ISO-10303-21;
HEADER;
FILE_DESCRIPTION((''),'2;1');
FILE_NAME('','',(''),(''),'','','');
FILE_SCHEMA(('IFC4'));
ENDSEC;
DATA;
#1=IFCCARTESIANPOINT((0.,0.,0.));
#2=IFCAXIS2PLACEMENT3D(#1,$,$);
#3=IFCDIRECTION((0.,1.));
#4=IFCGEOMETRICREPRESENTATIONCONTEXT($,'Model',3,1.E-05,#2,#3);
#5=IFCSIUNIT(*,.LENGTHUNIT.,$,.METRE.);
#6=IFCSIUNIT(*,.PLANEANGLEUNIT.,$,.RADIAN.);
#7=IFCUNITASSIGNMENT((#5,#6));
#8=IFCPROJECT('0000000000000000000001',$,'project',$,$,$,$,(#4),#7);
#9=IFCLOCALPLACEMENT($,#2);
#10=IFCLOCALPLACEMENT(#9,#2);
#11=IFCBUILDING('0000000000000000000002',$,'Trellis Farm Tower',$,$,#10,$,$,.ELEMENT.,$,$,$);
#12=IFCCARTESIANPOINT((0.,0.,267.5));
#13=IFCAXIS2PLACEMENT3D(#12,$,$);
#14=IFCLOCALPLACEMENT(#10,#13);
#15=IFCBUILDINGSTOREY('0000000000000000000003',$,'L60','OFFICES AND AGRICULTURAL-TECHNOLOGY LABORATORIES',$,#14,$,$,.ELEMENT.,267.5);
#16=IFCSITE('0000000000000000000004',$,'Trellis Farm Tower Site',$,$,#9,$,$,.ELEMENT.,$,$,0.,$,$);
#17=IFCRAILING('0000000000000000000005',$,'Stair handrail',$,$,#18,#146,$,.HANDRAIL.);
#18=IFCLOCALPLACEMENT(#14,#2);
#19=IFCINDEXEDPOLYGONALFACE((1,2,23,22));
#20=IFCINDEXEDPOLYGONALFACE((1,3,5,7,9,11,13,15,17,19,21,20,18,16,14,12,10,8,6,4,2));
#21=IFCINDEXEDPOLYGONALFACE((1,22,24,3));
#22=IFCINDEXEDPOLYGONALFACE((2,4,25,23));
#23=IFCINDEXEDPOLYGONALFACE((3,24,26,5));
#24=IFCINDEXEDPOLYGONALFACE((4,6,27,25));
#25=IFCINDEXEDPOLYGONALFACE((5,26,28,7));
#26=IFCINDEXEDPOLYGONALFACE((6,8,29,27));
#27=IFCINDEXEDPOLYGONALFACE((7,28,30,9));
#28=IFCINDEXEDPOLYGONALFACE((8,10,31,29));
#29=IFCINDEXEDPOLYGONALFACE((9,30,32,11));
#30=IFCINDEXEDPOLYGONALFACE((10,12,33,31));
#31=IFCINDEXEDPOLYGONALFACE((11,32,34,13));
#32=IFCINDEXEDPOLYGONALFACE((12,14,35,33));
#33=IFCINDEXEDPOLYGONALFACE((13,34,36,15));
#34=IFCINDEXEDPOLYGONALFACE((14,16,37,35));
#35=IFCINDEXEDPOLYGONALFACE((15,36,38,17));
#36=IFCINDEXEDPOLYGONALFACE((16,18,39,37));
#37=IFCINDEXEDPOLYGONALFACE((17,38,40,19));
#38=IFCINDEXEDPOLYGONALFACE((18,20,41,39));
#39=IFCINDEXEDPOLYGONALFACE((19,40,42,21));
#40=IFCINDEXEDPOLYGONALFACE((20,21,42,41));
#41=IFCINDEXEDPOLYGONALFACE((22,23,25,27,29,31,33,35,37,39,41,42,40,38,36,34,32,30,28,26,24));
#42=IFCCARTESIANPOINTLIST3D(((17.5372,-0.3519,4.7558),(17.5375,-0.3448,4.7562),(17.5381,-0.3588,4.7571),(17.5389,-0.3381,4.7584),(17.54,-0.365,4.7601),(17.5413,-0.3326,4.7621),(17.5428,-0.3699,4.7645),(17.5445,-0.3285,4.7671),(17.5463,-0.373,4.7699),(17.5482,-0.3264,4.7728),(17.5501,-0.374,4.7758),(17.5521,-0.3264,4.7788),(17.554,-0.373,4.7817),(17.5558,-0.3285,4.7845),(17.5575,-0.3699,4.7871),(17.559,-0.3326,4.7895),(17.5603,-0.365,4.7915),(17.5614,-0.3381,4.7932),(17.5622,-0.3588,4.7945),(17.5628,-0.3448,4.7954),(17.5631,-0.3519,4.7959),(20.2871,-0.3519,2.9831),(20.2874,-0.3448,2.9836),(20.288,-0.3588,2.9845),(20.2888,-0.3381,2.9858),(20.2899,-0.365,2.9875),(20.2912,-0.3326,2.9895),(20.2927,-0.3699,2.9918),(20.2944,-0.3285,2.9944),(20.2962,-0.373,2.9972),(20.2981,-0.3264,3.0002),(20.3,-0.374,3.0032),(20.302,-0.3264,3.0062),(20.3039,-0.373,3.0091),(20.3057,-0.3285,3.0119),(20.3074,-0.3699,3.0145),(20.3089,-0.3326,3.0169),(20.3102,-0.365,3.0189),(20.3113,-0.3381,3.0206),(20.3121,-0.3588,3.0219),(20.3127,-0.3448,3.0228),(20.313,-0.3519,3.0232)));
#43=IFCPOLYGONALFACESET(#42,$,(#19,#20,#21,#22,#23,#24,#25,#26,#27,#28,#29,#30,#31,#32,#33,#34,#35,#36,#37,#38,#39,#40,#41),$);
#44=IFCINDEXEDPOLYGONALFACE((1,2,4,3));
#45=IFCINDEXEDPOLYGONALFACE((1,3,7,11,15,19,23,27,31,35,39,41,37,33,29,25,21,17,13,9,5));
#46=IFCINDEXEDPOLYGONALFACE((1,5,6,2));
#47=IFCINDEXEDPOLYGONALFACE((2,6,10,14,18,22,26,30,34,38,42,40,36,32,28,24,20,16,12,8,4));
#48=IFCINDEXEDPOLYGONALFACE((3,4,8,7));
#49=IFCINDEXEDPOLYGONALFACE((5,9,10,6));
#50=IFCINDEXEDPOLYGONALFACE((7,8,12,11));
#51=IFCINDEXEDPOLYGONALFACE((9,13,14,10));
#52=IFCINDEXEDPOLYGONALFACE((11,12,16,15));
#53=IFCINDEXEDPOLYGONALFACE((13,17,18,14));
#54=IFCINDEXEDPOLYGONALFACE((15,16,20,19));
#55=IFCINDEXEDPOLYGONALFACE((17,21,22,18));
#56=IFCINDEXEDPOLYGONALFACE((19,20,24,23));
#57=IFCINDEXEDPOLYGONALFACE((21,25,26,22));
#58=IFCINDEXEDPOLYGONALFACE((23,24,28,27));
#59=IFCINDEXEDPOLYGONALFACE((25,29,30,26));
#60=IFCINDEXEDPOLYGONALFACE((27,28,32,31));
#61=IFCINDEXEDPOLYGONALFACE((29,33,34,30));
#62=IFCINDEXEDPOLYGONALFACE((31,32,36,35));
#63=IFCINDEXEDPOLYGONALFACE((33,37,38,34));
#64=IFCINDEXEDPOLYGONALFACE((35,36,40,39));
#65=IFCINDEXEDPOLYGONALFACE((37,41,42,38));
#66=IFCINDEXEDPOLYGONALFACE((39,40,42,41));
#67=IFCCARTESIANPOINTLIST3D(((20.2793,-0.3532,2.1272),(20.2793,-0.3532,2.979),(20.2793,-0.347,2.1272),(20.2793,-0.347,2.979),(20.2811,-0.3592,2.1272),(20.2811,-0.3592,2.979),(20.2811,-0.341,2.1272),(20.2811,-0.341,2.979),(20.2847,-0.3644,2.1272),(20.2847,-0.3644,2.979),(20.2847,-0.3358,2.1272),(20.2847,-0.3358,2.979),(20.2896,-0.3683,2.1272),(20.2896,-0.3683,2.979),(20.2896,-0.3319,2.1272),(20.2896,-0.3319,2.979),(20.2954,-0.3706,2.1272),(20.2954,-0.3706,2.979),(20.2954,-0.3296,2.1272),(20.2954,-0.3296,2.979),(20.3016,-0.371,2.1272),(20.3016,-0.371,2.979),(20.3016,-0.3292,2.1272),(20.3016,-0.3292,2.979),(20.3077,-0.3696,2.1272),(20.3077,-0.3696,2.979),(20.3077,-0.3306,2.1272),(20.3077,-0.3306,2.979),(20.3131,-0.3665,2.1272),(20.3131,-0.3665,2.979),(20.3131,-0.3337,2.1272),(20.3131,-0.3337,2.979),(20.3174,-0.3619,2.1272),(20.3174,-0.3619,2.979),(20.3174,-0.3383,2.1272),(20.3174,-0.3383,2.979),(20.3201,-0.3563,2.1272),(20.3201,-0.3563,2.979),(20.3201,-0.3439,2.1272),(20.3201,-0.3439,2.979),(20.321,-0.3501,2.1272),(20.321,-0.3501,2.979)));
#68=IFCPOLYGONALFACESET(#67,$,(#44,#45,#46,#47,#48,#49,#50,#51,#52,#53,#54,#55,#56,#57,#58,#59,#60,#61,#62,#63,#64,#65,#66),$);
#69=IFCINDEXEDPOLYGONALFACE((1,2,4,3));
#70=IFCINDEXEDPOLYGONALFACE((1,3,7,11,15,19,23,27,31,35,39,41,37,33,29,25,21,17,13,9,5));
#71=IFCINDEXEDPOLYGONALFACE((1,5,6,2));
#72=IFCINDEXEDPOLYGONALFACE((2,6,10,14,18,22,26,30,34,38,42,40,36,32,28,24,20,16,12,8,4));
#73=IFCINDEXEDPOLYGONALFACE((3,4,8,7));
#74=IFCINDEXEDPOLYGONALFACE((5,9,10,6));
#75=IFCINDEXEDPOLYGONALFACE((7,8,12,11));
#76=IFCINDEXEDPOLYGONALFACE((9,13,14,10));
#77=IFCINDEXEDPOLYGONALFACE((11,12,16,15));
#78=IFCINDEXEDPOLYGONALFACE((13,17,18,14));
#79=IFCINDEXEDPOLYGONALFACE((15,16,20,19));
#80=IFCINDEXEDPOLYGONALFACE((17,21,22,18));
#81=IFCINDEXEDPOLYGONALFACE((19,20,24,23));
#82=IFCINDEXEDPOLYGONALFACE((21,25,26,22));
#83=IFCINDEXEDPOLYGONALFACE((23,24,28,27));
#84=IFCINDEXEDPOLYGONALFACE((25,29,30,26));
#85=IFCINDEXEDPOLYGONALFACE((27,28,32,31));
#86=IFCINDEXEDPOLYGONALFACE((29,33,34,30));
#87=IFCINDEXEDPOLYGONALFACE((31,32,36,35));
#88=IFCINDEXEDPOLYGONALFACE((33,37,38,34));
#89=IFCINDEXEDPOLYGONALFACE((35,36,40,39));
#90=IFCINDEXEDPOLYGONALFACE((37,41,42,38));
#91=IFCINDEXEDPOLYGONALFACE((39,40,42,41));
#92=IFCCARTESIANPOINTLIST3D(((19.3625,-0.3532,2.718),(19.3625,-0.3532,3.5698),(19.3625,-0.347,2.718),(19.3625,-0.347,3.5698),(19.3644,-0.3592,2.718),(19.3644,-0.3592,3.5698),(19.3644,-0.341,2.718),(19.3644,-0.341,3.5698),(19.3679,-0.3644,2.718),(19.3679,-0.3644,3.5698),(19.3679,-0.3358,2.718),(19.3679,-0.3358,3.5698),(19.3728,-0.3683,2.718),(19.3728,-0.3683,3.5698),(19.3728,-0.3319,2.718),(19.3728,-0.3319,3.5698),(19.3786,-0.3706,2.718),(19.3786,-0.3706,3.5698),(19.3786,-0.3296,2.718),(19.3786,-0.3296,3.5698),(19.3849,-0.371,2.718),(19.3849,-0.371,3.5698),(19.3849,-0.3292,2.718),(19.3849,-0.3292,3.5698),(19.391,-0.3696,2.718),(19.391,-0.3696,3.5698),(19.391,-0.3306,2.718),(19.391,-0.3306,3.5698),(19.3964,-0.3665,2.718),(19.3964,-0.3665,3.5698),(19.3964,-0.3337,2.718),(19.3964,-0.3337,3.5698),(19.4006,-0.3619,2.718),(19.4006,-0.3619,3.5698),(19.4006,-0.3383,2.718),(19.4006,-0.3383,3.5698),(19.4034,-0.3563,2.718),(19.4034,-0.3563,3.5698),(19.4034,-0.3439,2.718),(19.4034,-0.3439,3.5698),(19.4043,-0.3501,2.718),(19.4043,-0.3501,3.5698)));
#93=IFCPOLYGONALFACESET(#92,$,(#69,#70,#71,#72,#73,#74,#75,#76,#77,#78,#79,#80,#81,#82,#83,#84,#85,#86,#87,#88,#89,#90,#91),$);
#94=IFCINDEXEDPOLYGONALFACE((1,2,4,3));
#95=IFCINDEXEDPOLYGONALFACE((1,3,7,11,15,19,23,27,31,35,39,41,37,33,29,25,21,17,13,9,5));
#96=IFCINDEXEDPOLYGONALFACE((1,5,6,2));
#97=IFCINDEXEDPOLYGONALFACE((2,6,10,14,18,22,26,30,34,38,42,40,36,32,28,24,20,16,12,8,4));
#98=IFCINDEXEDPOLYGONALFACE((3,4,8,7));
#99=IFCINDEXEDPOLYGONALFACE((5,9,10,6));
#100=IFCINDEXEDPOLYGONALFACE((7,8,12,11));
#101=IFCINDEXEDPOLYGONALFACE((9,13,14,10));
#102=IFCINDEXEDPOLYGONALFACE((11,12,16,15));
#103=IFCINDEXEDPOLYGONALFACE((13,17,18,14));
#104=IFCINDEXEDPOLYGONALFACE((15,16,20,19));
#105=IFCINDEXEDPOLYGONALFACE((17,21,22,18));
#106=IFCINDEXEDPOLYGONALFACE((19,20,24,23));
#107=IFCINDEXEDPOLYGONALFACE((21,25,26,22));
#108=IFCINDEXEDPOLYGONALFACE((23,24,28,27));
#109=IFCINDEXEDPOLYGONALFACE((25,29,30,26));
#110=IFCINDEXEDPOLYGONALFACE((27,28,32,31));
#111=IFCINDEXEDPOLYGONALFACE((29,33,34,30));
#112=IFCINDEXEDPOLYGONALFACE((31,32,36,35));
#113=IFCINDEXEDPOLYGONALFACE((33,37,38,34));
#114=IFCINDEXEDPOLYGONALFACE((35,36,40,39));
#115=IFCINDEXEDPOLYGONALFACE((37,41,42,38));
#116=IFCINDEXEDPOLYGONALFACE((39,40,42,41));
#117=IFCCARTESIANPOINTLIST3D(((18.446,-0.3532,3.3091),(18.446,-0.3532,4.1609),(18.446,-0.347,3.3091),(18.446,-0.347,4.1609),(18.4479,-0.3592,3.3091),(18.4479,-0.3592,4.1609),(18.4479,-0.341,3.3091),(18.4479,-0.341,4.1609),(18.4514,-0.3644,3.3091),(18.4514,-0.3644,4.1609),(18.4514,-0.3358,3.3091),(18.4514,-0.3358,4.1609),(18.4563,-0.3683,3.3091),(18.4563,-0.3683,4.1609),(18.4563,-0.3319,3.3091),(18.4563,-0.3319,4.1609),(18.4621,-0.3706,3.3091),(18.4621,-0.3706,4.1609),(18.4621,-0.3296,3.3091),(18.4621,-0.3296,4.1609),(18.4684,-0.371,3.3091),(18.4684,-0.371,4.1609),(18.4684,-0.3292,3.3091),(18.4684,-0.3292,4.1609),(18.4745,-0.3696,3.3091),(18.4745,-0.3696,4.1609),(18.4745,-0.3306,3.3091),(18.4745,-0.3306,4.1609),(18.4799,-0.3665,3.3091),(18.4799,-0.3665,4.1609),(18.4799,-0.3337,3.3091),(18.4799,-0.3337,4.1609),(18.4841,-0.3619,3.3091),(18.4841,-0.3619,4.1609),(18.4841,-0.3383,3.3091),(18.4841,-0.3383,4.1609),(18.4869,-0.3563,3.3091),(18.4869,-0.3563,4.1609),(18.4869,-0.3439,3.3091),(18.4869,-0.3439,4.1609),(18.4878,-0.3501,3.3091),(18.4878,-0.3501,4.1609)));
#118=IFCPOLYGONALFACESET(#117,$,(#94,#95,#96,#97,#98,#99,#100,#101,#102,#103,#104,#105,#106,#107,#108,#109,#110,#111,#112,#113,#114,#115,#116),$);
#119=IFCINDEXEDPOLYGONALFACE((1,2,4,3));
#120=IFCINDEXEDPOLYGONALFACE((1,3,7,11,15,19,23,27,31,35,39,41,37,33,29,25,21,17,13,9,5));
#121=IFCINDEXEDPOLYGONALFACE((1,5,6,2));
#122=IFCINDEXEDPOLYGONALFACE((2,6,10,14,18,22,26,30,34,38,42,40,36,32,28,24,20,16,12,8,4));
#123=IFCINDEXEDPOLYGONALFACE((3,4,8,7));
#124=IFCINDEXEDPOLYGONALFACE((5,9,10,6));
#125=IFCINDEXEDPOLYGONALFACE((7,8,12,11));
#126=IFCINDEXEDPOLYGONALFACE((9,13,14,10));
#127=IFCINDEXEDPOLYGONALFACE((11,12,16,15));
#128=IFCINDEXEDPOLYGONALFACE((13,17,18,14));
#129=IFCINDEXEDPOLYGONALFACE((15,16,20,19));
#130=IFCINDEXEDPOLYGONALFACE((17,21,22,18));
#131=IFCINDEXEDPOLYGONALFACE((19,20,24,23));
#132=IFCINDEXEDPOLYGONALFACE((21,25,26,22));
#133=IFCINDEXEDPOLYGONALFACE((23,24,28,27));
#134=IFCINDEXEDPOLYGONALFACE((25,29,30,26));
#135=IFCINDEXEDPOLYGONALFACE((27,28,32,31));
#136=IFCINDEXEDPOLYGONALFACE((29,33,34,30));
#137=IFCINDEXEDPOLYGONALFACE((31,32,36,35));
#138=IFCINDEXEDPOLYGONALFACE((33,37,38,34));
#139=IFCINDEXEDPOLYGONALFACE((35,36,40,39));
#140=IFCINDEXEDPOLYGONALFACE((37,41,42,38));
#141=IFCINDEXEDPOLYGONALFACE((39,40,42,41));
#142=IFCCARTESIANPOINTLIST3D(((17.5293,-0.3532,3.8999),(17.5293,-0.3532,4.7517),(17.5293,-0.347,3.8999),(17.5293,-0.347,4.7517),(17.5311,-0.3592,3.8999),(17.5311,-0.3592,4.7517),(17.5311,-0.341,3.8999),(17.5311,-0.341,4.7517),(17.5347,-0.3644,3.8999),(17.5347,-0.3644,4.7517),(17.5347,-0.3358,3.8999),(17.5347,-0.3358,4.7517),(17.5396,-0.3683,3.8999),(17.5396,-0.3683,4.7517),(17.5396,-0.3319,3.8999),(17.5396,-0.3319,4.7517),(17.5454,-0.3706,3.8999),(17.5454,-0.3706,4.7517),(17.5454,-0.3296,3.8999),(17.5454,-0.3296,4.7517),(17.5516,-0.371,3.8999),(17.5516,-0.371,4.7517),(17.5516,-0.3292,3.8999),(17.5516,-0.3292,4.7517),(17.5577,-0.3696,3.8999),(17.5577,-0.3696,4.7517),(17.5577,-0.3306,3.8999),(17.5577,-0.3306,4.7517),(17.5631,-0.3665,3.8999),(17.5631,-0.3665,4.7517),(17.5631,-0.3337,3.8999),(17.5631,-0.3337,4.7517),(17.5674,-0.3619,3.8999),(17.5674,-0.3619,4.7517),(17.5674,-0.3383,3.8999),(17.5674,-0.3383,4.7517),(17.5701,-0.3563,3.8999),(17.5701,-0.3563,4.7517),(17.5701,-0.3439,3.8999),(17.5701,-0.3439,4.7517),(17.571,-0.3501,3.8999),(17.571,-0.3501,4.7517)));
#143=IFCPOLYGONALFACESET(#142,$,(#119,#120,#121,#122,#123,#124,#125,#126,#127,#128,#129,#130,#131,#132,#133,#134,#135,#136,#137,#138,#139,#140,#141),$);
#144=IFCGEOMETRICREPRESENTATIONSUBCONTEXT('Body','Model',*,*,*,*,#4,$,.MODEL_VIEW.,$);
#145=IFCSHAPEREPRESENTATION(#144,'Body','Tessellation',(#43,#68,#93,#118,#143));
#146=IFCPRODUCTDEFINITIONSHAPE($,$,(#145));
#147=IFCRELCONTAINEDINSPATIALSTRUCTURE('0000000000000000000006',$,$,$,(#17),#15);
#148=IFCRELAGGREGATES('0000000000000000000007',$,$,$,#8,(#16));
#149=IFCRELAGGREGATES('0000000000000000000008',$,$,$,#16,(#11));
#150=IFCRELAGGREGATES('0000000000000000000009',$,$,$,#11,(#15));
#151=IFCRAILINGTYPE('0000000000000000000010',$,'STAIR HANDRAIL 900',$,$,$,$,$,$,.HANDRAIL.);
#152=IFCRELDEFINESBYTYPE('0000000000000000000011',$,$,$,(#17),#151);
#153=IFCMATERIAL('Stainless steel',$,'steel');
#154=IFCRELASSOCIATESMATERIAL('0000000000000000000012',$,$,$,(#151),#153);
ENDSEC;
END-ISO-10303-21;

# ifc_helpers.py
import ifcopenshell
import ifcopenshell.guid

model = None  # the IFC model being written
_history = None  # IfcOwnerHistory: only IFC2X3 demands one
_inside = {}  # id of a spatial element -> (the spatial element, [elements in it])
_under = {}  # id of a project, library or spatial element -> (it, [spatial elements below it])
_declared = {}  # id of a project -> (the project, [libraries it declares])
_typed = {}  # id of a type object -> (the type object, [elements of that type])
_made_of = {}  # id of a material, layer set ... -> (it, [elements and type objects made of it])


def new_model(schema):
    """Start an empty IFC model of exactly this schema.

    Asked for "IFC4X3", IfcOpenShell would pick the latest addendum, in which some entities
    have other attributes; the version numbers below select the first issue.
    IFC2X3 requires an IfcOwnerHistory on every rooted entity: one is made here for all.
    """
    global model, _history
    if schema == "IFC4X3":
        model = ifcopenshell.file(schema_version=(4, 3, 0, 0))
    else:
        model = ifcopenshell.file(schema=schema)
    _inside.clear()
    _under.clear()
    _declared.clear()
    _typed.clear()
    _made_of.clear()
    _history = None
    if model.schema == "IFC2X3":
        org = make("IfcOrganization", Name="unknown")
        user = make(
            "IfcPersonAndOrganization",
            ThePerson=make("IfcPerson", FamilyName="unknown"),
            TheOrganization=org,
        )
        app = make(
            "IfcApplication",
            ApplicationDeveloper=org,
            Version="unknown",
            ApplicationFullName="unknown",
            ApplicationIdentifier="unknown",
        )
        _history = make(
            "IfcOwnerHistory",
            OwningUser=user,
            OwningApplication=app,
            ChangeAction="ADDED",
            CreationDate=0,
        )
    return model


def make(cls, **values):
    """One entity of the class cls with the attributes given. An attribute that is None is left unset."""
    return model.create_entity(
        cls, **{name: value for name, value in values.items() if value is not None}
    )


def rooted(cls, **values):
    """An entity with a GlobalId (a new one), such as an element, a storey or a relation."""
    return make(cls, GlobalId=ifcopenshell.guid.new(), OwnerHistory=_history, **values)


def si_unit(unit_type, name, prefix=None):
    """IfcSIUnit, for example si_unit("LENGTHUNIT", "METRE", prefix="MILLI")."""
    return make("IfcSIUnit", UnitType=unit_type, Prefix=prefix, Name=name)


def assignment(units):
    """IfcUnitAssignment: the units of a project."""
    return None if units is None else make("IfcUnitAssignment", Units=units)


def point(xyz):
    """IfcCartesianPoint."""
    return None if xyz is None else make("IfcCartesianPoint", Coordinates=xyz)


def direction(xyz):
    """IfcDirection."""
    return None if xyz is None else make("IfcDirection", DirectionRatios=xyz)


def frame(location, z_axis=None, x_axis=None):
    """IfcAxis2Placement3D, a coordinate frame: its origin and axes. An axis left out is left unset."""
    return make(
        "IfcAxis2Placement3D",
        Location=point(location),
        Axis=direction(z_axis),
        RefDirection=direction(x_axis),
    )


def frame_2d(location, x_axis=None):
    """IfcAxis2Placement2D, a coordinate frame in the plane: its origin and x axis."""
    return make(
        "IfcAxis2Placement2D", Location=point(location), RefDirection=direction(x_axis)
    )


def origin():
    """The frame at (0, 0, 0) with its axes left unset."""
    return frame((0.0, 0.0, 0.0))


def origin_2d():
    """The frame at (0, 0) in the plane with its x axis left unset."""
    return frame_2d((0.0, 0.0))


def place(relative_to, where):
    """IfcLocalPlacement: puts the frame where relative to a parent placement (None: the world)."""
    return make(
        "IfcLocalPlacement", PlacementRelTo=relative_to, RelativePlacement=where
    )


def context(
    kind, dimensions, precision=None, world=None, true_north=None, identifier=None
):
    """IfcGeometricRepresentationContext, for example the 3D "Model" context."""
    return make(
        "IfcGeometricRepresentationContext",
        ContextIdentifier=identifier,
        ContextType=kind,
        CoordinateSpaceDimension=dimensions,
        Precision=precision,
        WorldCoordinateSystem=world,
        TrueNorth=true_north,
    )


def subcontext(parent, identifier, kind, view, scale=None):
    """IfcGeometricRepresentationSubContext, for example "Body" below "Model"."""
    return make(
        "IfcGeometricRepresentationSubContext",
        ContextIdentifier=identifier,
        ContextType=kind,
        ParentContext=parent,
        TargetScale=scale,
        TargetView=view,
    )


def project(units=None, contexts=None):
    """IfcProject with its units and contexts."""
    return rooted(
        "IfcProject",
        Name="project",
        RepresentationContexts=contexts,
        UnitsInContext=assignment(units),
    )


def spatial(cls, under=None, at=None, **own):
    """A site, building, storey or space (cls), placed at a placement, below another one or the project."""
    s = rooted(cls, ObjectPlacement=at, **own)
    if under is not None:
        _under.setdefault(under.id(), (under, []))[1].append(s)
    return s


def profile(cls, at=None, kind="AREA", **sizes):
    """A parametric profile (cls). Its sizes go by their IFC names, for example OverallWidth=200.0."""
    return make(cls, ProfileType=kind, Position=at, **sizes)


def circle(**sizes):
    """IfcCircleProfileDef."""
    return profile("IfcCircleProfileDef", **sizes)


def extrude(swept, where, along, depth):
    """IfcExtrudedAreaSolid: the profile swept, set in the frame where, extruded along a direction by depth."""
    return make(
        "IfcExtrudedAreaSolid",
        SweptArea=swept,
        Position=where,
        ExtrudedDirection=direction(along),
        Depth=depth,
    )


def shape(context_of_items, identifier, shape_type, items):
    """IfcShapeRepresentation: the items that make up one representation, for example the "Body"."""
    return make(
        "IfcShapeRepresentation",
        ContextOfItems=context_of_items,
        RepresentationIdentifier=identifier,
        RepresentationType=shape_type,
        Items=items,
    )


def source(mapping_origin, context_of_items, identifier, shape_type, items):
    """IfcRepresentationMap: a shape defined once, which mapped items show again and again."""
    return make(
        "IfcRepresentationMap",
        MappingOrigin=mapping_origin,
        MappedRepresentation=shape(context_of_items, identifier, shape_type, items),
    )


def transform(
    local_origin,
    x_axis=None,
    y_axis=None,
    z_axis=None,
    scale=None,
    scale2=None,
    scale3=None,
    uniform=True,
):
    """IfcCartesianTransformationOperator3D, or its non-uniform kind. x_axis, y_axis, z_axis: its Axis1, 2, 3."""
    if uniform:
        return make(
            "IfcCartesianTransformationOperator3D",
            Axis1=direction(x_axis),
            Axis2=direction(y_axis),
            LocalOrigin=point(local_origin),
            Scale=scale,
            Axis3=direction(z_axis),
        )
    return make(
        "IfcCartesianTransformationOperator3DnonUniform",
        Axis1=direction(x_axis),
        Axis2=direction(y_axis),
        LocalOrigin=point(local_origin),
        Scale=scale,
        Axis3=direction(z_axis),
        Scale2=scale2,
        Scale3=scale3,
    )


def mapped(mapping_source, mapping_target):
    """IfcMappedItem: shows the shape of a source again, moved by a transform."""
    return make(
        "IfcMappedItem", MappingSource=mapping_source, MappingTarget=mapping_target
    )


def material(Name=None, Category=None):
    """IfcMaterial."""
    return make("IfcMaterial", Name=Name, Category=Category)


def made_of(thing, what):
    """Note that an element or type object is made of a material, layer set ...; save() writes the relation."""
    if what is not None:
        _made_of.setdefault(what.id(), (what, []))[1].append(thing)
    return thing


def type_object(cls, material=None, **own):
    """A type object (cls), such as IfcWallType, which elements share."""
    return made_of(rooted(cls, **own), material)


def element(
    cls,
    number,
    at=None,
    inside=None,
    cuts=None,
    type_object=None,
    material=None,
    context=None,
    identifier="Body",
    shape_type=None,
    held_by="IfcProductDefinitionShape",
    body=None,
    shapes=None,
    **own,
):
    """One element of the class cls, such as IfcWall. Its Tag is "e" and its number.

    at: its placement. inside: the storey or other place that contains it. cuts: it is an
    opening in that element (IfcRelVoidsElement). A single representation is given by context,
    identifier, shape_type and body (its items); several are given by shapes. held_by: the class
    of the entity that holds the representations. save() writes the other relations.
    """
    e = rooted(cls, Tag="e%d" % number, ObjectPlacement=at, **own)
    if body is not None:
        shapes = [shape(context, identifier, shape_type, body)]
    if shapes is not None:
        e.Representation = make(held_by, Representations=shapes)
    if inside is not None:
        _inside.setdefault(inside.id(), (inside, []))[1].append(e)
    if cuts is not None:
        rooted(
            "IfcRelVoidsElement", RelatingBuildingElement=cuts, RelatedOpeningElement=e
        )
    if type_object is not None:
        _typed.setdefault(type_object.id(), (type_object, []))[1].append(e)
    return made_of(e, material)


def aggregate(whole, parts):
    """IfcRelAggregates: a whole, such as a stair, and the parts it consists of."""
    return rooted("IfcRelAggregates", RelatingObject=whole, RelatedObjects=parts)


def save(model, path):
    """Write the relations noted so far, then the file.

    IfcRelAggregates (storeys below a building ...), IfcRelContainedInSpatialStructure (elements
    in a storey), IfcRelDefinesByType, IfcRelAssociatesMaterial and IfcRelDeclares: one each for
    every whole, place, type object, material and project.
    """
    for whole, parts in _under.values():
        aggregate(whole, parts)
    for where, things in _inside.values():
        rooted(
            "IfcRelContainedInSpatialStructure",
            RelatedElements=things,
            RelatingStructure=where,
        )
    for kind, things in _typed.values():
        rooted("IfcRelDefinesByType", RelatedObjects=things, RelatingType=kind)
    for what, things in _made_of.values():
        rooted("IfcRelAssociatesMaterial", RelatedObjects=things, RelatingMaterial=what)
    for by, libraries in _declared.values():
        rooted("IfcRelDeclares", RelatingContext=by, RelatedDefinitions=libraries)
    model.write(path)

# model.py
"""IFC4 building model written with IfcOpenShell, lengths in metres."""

from ifc_helpers import new_model, si_unit, direction, frame, origin, origin_2d, place, context, subcontext, project, spatial, circle, extrude, source, transform, mapped, material, type_object, element, save


model = new_model("IFC4")

# Units and contexts
model_context = context("Model", 3, precision=1e-05, world=origin(), true_north=direction((0.0, 1.0)))
body_context = subcontext(model_context, "Body", "Model", "MODEL_VIEW")
ifc_project = project(units=[si_unit("LENGTHUNIT", "METRE"), si_unit("PLANEANGLEUNIT", "RADIAN")], contexts=[model_context])

# Site, building, storey
site_placement = place(None, origin())
site = spatial("IfcSite", under=ifc_project, at=site_placement, Name="Trellis Farm Tower Site", CompositionType="ELEMENT", RefElevation=0.0)
building_placement = place(site_placement, origin())
building = spatial("IfcBuilding", under=site, at=building_placement, Name="Trellis Farm Tower", CompositionType="ELEMENT")
storey_placement = place(building_placement, frame((0.0, 0.0, 267.5)))
storey = spatial("IfcBuildingStorey", under=building, at=storey_placement, Name="L60", Description="OFFICES AND AGRICULTURAL-TECHNOLOGY LABORATORIES", CompositionType="ELEMENT", Elevation=267.5)

# Railing
ifc_material_1 = material(Name="Stainless steel", Category="steel")
railing_type = type_object("IfcRailingType", Name="STAIR HANDRAIL 900", PredefinedType="HANDRAIL", material=ifc_material_1)
shared_shape_1 = source(origin(), body_context, "Body", "SweptSolid", [
    extrude(circle(Radius=0.0239, at=origin_2d()), frame((0.0, 0.0, 0.876), z_axis=(-0.840504, 0.0, 0.541806), x_axis=(0.0, -1.0, 0.0)), (0.0, 0.0, 1.0), 3.2717),
    extrude(circle(Radius=0.021, at=origin_2d()), origin(), (0.0, 0.0, 1.0), 0.8518),
    extrude(circle(Radius=0.021, at=origin_2d()), frame((-0.9167, 0.0, 0.5908)), (0.0, 0.0, 1.0), 0.8518),
    extrude(circle(Radius=0.021, at=origin_2d()), frame((-1.8333, 0.0, 1.1819)), (0.0, 0.0, 1.0), 0.8518),
    extrude(circle(Radius=0.021, at=origin_2d()), frame((-2.75, 0.0, 1.7727)), (0.0, 0.0, 1.0), 0.8518),
])
for number, where, name in (
    (1, (20.3, -0.3501, 2.1272), "Stair handrail"),
):
    element("IfcRailing", number, at=place(storey_placement, frame(where)), inside=storey, type_object=railing_type, Name=name, PredefinedType="HANDRAIL", context=body_context, shape_type="MappedRepresentation", body=[
        mapped(shared_shape_1, transform((0.0, 0.0, 0.0))),
    ])

save(model, "model.ifc")
